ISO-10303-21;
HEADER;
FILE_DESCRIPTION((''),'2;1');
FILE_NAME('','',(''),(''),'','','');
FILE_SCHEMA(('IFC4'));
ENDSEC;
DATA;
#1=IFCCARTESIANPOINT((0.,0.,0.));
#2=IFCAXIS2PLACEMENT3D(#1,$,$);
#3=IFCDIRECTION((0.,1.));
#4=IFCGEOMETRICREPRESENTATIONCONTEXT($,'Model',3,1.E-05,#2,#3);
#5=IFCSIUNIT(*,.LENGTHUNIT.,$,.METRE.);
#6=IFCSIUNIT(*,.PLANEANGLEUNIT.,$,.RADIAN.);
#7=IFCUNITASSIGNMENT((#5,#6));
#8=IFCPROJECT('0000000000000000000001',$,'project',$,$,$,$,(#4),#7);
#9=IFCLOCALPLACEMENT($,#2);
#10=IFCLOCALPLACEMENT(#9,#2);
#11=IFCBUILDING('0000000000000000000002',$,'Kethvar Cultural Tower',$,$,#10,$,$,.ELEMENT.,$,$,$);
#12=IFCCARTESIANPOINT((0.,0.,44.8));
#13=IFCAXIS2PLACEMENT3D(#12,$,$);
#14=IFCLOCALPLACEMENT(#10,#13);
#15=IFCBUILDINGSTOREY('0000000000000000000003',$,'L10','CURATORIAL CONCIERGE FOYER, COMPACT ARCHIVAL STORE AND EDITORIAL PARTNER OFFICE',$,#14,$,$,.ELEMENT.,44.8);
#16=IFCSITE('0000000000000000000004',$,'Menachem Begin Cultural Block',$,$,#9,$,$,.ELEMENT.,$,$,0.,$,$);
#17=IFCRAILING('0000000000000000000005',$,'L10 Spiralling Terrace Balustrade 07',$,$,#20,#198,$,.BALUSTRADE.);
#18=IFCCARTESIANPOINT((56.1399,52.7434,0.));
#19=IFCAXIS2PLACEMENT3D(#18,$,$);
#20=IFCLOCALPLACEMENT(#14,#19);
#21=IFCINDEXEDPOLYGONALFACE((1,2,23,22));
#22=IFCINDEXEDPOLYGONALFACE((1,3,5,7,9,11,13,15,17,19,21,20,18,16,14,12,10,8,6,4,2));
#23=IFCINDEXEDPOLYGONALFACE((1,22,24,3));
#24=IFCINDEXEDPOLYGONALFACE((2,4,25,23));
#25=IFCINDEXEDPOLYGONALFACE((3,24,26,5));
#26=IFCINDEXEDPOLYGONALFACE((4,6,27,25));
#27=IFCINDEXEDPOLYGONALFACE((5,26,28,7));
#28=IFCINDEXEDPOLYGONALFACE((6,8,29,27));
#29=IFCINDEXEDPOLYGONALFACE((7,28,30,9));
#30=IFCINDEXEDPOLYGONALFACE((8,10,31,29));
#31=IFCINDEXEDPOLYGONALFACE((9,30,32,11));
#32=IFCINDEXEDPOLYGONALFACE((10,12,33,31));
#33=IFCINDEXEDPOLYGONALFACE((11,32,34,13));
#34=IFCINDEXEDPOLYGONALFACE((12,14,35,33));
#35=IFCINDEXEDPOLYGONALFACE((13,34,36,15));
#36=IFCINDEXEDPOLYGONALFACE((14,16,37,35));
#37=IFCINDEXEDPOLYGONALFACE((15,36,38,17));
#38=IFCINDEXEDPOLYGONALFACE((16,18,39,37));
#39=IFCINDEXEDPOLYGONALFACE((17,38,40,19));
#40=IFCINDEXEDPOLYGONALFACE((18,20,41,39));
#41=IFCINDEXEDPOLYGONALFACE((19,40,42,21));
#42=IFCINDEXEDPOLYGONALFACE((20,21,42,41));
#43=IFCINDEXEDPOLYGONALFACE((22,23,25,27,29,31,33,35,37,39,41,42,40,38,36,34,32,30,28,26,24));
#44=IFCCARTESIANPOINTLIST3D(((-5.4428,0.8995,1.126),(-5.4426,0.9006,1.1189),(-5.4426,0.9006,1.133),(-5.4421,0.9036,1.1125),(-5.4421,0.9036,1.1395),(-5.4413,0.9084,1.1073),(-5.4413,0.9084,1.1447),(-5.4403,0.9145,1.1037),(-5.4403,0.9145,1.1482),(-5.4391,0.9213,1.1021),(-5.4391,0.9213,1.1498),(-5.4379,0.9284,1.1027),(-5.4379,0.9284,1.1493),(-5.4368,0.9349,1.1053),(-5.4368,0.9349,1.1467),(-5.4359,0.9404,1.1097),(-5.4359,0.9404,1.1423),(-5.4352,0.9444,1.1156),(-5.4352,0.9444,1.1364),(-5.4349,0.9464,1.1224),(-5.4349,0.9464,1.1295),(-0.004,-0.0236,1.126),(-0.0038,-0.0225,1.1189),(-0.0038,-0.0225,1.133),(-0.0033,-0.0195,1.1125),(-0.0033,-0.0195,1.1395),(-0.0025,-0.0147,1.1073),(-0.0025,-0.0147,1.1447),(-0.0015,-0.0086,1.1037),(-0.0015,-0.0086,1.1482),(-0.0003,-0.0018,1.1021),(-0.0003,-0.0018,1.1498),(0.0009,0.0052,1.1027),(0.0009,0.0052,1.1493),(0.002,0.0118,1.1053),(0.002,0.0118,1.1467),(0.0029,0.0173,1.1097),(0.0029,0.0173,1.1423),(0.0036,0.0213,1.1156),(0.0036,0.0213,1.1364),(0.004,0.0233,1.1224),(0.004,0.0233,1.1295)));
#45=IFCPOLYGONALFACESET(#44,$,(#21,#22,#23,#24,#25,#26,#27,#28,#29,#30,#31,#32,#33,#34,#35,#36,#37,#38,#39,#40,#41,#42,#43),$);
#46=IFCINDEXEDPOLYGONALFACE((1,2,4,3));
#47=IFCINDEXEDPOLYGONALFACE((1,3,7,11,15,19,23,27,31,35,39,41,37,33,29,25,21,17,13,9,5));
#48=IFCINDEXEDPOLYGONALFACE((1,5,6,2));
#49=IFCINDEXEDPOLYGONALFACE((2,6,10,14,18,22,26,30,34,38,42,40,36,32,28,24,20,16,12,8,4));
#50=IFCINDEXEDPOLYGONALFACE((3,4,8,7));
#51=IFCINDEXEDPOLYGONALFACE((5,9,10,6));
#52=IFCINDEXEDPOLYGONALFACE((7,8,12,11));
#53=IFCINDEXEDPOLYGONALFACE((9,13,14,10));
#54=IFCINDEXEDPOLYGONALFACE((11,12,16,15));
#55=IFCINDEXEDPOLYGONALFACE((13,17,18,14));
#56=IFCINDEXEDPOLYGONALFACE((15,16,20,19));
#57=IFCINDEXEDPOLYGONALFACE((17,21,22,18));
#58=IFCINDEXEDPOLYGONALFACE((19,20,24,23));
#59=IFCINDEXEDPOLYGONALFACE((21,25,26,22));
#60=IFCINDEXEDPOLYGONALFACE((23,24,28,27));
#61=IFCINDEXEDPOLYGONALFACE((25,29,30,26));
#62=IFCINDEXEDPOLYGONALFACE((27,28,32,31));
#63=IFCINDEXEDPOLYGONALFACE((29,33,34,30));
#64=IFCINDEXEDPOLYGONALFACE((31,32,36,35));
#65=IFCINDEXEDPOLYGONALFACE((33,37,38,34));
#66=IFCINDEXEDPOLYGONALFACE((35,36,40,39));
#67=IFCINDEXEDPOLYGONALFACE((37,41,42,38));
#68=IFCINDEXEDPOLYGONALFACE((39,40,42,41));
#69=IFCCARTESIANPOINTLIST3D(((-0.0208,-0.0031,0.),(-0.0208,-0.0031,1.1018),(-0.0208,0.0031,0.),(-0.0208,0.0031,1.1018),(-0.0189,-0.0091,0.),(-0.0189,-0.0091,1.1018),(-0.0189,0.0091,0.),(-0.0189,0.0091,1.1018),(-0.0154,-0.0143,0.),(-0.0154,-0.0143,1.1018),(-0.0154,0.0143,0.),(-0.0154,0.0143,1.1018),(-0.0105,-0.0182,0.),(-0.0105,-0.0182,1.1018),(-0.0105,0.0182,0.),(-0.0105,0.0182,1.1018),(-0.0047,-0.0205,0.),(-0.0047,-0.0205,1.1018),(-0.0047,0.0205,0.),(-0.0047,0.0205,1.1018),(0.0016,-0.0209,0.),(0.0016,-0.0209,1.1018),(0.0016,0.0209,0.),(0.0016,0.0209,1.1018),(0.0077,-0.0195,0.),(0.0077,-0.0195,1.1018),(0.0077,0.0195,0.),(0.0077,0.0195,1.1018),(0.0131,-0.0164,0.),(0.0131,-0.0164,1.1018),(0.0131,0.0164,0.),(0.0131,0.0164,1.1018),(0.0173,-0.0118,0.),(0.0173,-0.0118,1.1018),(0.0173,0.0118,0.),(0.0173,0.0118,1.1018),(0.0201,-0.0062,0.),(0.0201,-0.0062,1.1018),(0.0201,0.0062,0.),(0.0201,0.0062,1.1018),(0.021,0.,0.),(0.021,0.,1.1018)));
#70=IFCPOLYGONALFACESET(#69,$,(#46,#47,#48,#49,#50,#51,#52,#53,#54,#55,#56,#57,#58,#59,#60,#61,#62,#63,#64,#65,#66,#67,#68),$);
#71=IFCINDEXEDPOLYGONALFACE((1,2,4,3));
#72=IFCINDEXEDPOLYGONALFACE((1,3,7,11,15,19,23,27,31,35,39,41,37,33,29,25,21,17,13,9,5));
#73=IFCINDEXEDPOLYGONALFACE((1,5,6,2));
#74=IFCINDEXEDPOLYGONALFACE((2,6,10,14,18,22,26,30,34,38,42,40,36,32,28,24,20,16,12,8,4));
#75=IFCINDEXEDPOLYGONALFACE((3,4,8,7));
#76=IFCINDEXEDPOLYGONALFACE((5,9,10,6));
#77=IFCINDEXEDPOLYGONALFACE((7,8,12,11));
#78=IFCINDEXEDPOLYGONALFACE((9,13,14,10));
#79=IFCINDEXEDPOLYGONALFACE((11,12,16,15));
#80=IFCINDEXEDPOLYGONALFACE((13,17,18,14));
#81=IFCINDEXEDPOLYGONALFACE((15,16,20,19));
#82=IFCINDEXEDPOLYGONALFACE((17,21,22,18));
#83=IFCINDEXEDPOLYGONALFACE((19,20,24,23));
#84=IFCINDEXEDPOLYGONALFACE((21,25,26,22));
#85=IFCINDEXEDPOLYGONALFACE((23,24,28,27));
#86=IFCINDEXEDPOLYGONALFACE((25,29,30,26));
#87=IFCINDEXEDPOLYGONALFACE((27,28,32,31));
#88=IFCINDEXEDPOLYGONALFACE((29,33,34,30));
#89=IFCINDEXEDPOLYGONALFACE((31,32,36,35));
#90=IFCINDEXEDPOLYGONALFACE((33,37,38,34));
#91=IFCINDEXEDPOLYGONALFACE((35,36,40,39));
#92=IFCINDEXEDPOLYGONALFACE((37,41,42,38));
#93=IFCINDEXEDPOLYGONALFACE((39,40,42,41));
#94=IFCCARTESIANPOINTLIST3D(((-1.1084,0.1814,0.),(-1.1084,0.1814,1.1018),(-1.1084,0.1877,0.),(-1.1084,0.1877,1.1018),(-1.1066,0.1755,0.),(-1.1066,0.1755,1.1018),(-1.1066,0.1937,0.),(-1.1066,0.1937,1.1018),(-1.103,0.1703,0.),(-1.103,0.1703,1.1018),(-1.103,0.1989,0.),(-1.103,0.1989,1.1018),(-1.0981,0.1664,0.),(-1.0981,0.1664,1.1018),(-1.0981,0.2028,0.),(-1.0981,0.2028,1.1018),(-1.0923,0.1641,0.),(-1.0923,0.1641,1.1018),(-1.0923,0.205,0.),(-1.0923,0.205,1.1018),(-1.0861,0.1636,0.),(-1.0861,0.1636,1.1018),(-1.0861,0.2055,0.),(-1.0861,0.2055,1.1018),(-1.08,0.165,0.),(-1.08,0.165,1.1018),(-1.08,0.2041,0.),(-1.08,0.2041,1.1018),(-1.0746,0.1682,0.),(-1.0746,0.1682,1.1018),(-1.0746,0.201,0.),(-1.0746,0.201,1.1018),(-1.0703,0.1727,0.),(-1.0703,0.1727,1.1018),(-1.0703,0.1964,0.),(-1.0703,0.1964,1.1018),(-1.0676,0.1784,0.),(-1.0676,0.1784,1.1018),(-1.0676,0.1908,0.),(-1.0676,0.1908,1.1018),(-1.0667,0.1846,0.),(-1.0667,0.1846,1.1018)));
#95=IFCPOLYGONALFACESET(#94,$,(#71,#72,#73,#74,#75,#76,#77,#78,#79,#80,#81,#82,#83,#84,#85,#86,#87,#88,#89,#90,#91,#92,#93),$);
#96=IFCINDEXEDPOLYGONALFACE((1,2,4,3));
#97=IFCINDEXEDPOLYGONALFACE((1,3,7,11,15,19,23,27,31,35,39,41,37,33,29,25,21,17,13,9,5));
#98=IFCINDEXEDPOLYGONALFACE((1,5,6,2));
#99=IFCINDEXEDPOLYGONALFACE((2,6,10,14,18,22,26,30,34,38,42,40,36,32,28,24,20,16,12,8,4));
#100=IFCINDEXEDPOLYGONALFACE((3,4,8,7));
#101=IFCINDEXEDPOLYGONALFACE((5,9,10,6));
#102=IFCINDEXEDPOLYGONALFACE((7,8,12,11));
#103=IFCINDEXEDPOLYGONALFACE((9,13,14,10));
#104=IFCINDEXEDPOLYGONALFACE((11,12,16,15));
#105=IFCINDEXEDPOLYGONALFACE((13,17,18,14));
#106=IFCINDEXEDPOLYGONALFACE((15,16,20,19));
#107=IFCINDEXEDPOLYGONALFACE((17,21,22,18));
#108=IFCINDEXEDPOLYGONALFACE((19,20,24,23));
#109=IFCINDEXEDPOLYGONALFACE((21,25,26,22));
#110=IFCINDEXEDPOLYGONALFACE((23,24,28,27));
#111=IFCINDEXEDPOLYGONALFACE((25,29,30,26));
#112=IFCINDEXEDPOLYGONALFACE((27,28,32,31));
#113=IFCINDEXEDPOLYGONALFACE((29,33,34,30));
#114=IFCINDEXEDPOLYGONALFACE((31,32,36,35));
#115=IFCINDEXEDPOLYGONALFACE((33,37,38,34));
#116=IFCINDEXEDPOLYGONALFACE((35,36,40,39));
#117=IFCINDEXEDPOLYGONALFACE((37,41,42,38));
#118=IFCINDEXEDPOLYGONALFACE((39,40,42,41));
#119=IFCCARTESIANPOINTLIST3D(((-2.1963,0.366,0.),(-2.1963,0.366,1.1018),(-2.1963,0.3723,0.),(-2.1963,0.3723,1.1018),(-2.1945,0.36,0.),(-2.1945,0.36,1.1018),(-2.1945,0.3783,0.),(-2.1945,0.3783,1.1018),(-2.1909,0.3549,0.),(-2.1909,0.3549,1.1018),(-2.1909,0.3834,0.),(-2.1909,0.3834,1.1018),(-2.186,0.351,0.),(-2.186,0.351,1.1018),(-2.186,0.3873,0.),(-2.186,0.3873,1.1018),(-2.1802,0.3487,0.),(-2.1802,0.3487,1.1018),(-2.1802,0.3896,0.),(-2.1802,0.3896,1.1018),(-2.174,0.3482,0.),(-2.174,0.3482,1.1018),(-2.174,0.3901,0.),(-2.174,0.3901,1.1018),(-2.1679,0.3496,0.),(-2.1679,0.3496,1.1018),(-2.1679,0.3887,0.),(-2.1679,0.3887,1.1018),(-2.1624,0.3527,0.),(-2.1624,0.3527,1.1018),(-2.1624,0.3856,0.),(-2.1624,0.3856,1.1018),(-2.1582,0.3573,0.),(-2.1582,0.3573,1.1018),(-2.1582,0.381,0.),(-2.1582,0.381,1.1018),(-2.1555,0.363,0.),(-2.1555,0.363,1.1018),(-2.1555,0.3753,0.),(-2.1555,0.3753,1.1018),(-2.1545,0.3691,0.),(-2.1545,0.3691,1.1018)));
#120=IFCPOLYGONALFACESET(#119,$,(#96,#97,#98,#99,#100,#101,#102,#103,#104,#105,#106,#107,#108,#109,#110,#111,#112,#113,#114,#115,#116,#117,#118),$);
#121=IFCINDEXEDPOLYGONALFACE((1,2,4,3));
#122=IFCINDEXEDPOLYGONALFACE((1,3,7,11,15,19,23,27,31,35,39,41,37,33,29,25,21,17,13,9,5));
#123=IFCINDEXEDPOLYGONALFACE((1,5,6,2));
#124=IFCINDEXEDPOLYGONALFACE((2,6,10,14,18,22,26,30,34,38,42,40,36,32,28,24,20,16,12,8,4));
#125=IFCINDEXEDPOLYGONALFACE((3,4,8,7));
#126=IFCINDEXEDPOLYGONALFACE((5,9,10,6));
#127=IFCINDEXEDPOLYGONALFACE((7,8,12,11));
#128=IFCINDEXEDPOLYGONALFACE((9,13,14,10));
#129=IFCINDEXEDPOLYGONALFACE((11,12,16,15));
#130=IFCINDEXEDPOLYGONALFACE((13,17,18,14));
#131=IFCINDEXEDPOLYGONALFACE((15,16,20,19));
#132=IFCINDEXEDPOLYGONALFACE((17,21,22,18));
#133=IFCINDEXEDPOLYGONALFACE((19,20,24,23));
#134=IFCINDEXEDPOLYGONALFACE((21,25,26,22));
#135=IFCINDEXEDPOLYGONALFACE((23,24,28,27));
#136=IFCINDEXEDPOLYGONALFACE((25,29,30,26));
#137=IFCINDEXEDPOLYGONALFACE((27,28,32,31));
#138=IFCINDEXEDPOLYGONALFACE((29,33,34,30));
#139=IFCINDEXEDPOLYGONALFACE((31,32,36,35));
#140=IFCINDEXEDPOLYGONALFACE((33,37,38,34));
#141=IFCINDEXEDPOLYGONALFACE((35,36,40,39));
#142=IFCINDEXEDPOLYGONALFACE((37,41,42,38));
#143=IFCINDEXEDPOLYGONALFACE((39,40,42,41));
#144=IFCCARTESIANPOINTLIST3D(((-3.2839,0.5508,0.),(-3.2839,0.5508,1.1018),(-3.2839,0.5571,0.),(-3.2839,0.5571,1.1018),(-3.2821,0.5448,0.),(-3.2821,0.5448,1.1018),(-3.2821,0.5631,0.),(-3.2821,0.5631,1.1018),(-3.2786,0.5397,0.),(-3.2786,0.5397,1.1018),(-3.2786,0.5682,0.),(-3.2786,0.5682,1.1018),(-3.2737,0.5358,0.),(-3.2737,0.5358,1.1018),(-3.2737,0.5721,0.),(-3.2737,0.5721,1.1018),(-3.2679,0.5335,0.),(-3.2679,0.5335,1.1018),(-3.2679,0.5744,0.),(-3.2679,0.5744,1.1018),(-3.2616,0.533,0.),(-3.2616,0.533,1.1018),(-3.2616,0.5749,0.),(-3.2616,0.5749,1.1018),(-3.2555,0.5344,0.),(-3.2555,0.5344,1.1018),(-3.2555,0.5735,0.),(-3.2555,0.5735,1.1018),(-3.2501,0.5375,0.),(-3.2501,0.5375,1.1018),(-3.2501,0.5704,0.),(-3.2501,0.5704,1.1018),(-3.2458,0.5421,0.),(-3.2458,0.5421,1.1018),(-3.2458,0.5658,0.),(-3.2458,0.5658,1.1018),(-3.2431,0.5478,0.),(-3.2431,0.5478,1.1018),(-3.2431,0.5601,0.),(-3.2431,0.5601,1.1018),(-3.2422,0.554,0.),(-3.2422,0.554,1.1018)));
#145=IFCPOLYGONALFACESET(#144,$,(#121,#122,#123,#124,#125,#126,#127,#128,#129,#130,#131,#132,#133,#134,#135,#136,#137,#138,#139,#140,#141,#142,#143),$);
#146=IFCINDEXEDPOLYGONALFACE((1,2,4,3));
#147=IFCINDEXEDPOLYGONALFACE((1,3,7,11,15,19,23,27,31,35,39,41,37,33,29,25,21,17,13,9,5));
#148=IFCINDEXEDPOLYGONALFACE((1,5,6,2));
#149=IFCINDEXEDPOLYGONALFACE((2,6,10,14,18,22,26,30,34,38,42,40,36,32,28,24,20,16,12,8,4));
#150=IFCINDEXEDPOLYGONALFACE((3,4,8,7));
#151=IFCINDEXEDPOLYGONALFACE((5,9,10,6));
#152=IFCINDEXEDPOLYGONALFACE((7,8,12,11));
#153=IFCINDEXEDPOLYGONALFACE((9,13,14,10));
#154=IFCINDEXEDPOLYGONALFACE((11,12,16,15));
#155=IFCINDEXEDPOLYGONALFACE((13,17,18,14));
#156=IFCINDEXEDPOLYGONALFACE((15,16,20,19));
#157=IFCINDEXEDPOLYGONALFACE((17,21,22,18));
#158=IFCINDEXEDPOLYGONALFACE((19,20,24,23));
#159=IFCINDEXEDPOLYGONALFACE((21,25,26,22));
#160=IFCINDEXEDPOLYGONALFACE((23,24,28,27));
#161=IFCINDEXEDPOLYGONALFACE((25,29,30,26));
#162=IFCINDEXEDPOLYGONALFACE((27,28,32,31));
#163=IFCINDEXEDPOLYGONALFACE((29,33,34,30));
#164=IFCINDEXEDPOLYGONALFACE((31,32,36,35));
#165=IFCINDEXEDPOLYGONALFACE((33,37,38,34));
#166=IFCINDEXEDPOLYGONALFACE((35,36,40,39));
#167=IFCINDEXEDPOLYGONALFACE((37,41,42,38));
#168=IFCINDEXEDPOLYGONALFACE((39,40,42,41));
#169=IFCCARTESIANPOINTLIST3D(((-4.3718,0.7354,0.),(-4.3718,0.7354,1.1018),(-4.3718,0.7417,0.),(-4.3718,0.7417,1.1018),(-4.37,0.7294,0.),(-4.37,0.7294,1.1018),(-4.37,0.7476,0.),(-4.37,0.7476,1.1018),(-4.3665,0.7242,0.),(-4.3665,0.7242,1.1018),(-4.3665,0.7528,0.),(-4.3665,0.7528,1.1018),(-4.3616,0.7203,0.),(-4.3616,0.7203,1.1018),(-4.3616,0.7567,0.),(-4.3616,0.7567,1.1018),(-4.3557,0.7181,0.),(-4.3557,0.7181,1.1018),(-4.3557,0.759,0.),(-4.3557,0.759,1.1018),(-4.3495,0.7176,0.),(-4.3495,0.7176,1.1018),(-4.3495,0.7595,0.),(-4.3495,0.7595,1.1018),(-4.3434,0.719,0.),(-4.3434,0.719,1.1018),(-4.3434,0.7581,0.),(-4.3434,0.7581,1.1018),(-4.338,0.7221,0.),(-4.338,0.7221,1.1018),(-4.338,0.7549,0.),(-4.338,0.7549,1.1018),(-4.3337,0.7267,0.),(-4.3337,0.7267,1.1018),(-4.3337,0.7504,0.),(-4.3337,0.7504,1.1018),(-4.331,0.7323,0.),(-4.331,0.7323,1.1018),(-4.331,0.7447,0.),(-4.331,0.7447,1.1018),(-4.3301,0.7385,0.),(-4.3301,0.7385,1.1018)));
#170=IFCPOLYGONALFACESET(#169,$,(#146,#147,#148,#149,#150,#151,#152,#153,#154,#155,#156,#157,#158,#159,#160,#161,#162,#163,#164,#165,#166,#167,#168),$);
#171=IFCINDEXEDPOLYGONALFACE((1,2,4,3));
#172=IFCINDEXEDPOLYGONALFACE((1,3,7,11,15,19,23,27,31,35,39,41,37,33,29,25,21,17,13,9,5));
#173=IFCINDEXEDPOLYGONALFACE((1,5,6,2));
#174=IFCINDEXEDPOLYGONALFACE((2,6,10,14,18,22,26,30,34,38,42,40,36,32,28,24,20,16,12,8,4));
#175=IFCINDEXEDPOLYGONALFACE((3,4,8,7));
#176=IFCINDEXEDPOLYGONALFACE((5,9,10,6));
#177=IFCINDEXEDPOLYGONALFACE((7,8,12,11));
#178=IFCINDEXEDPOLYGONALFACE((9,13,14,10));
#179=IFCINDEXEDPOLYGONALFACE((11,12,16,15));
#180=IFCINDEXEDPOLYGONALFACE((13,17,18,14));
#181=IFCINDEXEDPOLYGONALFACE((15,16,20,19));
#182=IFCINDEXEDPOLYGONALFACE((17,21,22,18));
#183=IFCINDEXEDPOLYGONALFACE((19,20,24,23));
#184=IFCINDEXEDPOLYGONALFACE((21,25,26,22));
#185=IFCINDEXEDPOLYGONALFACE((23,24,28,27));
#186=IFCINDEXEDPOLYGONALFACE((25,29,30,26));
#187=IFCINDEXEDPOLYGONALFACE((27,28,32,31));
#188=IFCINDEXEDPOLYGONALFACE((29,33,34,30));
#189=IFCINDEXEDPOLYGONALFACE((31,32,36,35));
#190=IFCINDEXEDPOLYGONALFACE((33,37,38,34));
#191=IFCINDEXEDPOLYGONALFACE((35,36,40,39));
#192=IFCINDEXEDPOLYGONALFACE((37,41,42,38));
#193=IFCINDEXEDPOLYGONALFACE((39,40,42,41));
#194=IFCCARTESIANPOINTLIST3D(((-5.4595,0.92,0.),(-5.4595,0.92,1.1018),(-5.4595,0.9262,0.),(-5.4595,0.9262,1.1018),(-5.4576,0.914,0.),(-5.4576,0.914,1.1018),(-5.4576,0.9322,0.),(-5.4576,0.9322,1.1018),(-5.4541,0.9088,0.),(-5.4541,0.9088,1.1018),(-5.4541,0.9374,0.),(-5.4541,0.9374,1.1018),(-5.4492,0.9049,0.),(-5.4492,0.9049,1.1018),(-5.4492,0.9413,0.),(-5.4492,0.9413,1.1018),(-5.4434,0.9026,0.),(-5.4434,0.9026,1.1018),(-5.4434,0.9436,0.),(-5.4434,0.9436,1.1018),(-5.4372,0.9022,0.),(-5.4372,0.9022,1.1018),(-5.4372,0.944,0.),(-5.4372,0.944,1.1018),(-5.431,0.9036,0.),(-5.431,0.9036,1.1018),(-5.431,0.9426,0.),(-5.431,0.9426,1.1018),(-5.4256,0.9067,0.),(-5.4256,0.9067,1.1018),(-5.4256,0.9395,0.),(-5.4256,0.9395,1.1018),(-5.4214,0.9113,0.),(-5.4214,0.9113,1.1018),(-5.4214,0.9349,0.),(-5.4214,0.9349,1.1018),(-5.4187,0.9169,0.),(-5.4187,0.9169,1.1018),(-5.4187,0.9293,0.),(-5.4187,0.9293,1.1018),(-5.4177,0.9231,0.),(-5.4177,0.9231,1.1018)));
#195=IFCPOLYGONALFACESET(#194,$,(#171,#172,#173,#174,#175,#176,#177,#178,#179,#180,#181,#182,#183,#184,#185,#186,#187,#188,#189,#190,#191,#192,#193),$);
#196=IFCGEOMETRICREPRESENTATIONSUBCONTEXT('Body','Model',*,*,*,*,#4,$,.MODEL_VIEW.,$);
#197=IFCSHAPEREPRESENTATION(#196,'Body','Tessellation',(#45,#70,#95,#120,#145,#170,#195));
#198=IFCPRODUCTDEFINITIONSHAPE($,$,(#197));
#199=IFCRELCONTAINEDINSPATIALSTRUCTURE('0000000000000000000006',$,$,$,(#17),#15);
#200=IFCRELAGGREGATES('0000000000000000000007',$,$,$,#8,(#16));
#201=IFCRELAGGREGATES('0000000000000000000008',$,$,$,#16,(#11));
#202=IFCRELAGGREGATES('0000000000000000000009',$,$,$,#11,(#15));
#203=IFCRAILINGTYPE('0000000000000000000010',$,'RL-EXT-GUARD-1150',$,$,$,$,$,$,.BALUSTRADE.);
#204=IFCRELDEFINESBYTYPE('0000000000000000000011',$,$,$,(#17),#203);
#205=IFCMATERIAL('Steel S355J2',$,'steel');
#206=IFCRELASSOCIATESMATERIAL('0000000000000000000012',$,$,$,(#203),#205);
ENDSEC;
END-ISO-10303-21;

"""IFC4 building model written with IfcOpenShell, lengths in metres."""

from ifc_helpers import new_model, si_unit, direction, frame, origin, origin_2d, place, context, subcontext, project, spatial, circle, extrude, material, type_object, element, save


model = new_model("IFC4")

# Units and contexts
model_context = context("Model", 3, precision=1e-05, world=origin(), true_north=direction((0.0, 1.0)))
body_context = subcontext(model_context, "Body", "Model", "MODEL_VIEW")
ifc_project = project(units=[si_unit("LENGTHUNIT", "METRE"), si_unit("PLANEANGLEUNIT", "RADIAN")], contexts=[model_context])

# Site, building, storey
site_placement = place(None, origin())
site = spatial("IfcSite", under=ifc_project, at=site_placement, Name="Menachem Begin Cultural Block", CompositionType="ELEMENT", RefElevation=0.0)
building_placement = place(site_placement, origin())
building = spatial("IfcBuilding", under=site, at=building_placement, Name="Kethvar Cultural Tower", CompositionType="ELEMENT")
storey_placement = place(building_placement, frame((0.0, 0.0, 44.8)))
storey = spatial("IfcBuildingStorey", under=building, at=storey_placement, Name="L10", Description="CURATORIAL CONCIERGE FOYER, COMPACT ARCHIVAL STORE AND EDITORIAL PARTNER OFFICE", CompositionType="ELEMENT", Elevation=44.8)

# Shared definitions
ifc_material_1 = material(Name="Steel S355J2", Category="steel")

# Railing
railing_type = type_object("IfcRailingType", Name="RL-EXT-GUARD-1150", PredefinedType="BALUSTRADE", material=ifc_material_1)
railing_placement = place(storey_placement, frame((56.1399, 52.7434, 0.0)))
element("IfcRailing", 1, at=railing_placement, inside=storey, type_object=railing_type, Name="L10 Spiralling Terrace Balustrade 07", PredefinedType="BALUSTRADE", context=body_context, shape_type="SweptSolid", body=[
    extrude(circle(Radius=0.0239, at=origin_2d()), frame((0.0, 0.0, 1.126), z_axis=(-0.9859, 0.167334, 0.0), x_axis=(-0.167334, -0.9859, 0.0)), (0.0, 0.0, 1.0), 5.5166),
    extrude(circle(Radius=0.021, at=origin_2d()), origin(), (0.0, 0.0, 1.0), 1.1018),
    extrude(circle(Radius=0.021, at=origin_2d()), frame((-1.0876, 0.1846, 0.0)), (0.0, 0.0, 1.0), 1.1018),
    extrude(circle(Radius=0.021, at=origin_2d()), frame((-2.1755, 0.3691, 0.0)), (0.0, 0.0, 1.0), 1.1018),
    extrude(circle(Radius=0.021, at=origin_2d()), frame((-3.2632, 0.554, 0.0)), (0.0, 0.0, 1.0), 1.1018),
    extrude(circle(Radius=0.021, at=origin_2d()), frame((-4.3511, 0.7385, 0.0)), (0.0, 0.0, 1.0), 1.1018),
    extrude(circle(Radius=0.021, at=origin_2d()), frame((-5.4387, 0.9231, 0.0)), (0.0, 0.0, 1.0), 1.1018),
])

save(model, "model.ifc")
